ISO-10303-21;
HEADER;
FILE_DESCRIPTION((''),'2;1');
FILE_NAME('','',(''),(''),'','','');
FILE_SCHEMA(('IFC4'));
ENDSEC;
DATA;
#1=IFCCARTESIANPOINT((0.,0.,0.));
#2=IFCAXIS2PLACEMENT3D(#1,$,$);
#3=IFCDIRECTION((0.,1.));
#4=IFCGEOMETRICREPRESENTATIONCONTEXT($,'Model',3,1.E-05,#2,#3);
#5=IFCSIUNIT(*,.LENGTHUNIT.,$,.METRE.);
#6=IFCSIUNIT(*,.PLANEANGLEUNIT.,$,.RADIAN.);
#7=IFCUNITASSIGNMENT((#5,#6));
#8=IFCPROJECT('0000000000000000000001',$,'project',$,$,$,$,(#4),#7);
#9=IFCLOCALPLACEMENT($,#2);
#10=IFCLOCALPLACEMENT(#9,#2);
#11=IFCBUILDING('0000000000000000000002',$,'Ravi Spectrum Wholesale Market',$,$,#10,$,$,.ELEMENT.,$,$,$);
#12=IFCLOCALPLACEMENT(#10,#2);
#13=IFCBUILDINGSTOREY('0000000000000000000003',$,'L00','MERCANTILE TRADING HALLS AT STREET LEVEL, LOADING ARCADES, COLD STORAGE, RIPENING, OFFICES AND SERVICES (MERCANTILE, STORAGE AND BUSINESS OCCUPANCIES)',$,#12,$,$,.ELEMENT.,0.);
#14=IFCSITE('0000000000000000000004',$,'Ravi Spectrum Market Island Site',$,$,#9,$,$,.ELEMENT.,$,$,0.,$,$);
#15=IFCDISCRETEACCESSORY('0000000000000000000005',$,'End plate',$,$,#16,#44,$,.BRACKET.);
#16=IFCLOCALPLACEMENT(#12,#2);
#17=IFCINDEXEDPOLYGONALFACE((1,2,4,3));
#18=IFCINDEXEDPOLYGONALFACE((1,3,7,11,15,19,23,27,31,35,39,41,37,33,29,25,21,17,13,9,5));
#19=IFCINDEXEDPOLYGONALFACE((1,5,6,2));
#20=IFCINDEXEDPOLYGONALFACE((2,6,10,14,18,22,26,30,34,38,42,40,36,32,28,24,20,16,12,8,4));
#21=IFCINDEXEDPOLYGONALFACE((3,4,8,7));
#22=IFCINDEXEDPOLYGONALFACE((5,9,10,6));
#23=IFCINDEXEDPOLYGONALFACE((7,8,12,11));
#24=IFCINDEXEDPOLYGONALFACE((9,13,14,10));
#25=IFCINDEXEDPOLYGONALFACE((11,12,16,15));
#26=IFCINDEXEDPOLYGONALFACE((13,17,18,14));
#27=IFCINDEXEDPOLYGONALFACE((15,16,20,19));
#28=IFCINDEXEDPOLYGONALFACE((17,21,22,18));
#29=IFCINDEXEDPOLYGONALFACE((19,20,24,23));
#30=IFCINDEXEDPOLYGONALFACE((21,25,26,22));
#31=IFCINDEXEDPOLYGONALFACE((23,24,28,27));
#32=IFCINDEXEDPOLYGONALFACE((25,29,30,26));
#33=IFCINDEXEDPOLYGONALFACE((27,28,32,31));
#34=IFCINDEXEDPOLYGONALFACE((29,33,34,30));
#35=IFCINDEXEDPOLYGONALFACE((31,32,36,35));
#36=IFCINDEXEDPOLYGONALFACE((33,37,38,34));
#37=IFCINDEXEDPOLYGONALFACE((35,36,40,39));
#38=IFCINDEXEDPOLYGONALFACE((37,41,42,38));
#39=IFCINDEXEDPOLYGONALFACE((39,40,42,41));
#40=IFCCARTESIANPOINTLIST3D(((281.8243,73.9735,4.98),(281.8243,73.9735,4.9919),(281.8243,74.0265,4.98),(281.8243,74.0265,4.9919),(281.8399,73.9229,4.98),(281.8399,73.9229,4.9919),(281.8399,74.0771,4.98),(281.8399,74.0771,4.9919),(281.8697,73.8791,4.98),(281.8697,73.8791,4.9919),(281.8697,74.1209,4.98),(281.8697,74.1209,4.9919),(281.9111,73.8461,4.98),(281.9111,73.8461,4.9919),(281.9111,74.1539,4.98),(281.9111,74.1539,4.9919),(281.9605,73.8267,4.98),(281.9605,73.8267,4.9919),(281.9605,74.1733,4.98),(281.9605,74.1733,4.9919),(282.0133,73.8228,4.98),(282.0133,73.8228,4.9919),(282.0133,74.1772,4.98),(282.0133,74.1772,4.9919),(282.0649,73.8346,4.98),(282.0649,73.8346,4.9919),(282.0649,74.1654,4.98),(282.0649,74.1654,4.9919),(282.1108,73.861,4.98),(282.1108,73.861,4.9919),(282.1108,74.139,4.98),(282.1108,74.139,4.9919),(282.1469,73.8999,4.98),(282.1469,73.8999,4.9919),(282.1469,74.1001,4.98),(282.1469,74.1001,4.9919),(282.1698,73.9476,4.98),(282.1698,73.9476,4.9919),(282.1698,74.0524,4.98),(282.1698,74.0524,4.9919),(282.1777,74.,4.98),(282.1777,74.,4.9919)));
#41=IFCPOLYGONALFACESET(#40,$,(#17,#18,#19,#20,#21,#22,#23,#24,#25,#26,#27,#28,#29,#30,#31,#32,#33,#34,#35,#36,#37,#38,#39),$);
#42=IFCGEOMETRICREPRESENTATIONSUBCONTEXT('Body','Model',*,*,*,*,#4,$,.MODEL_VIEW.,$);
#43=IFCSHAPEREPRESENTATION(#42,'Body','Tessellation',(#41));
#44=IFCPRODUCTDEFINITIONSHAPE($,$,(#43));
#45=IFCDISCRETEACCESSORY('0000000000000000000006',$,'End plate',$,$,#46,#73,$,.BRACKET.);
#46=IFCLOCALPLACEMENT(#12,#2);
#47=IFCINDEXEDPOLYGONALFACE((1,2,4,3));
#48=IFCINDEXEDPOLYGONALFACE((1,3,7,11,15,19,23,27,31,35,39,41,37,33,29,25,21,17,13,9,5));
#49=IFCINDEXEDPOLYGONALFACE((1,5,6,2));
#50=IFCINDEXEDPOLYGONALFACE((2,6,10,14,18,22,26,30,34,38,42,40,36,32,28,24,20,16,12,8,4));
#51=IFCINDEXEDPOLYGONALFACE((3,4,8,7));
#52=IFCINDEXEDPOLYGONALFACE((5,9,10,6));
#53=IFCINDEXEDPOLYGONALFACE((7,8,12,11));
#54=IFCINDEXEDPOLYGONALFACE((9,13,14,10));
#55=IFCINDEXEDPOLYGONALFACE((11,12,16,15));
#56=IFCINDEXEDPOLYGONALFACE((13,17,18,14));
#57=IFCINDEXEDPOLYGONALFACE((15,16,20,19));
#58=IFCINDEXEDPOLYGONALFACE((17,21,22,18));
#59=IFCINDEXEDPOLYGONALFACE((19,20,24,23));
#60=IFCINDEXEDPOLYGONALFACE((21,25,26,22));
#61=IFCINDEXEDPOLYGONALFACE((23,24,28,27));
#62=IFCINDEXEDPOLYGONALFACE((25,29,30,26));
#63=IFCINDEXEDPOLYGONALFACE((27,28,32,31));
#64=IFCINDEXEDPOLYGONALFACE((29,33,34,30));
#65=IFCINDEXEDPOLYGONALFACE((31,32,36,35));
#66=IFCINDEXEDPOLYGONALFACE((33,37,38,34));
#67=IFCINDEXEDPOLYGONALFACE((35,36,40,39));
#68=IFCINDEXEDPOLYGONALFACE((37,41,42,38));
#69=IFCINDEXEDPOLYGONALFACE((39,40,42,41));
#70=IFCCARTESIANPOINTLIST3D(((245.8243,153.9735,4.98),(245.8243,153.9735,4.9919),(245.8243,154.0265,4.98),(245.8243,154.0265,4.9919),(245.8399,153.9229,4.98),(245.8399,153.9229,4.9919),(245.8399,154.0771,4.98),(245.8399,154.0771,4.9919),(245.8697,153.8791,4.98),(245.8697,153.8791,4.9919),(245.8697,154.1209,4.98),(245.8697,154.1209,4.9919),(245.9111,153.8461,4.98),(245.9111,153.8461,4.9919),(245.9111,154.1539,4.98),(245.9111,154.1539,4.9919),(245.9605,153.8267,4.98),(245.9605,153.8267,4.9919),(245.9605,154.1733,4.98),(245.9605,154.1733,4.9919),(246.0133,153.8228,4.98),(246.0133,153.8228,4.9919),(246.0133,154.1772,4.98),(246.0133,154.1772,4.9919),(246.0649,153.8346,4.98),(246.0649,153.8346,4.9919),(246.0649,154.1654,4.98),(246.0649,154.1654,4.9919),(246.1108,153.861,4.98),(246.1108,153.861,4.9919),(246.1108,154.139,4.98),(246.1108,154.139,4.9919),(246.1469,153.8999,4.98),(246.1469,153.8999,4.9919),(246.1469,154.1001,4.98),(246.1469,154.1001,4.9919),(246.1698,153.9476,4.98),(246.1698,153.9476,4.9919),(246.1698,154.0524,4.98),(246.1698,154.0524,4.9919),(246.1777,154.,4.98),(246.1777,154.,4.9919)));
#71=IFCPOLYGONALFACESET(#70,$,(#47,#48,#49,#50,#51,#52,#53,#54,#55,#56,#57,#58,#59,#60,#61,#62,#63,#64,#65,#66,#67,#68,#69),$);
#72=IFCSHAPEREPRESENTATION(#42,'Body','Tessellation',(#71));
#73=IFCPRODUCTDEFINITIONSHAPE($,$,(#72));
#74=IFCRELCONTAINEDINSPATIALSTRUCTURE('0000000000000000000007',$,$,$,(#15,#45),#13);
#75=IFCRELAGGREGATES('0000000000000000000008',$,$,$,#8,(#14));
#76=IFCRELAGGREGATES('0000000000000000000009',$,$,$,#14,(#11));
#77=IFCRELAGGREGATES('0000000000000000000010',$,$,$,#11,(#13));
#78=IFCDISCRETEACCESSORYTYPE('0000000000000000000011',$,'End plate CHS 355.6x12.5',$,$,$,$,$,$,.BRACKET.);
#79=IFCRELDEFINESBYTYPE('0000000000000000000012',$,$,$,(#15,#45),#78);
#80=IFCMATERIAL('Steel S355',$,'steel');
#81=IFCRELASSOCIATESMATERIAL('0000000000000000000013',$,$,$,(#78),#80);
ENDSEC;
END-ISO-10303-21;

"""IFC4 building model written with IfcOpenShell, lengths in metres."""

from ifc_helpers import new_model, si_unit, direction, frame, origin, origin_2d, place, context, subcontext, project, spatial, circle, extrude, material, material_profile, profile_set, type_object, element, save


model = new_model("IFC4")

# Units and contexts
model_context = context("Model", 3, precision=1e-05, world=origin(), true_north=direction((0.0, 1.0)))
body_context = subcontext(model_context, "Body", "Model", "MODEL_VIEW")
ifc_project = project(units=[si_unit("LENGTHUNIT", "METRE"), si_unit("PLANEANGLEUNIT", "RADIAN")], contexts=[model_context])

# Site, building, storey
site_placement = place(None, origin())
site = spatial("IfcSite", under=ifc_project, at=site_placement, Name="Ravi Spectrum Market Island Site", CompositionType="ELEMENT", RefElevation=0.0)
building_placement = place(site_placement, origin())
building = spatial("IfcBuilding", under=site, at=building_placement, Name="Ravi Spectrum Wholesale Market", CompositionType="ELEMENT")
storey_placement = place(building_placement, origin())
storey = spatial("IfcBuildingStorey", under=building, at=storey_placement, Name="L00", Description="MERCANTILE TRADING HALLS AT STREET LEVEL, LOADING ARCADES, COLD STORAGE, RIPENING, OFFICES AND SERVICES (MERCANTILE, STORAGE AND BUSINESS OCCUPANCIES)", CompositionType="ELEMENT", Elevation=0.0)

# Discrete accessories
ifc_material_1 = material(Name="Steel S355", Category="steel")
ifc_material_profile_1 = material_profile(ifc_material_1, circle(Radius=0.1777, at=origin_2d()))
ifc_profile_set_1 = profile_set([ifc_material_profile_1], Name="Steel S355")
discrete_accessory_type = type_object("IfcDiscreteAccessoryType", Name="End plate CHS 355.6x12.5", PredefinedType="BRACKET", material=ifc_profile_set_1)
for number, where, z_axis, x_axis, name in (
    (1, (282.0, 74.0, 4.98), (0.0, 0.0, 1.0), (1.0, 0.0, 0.0), "End plate"),
    (2, (246.0, 154.0, 4.98), (0.0, 0.0, 1.0), (1.0, 0.0, 0.0), "End plate"),
):
    element("IfcDiscreteAccessory", number, at=place(storey_placement, frame(where, z_axis=z_axis, x_axis=x_axis)), inside=storey, type_object=discrete_accessory_type, Name=name, PredefinedType="BRACKET", context=body_context, shape_type="SweptSolid", body=[
        extrude(circle(Radius=0.1777, at=origin_2d()), origin(), (0.0, 0.0, 1.0), 0.012),
    ])

save(model, "model.ifc")
